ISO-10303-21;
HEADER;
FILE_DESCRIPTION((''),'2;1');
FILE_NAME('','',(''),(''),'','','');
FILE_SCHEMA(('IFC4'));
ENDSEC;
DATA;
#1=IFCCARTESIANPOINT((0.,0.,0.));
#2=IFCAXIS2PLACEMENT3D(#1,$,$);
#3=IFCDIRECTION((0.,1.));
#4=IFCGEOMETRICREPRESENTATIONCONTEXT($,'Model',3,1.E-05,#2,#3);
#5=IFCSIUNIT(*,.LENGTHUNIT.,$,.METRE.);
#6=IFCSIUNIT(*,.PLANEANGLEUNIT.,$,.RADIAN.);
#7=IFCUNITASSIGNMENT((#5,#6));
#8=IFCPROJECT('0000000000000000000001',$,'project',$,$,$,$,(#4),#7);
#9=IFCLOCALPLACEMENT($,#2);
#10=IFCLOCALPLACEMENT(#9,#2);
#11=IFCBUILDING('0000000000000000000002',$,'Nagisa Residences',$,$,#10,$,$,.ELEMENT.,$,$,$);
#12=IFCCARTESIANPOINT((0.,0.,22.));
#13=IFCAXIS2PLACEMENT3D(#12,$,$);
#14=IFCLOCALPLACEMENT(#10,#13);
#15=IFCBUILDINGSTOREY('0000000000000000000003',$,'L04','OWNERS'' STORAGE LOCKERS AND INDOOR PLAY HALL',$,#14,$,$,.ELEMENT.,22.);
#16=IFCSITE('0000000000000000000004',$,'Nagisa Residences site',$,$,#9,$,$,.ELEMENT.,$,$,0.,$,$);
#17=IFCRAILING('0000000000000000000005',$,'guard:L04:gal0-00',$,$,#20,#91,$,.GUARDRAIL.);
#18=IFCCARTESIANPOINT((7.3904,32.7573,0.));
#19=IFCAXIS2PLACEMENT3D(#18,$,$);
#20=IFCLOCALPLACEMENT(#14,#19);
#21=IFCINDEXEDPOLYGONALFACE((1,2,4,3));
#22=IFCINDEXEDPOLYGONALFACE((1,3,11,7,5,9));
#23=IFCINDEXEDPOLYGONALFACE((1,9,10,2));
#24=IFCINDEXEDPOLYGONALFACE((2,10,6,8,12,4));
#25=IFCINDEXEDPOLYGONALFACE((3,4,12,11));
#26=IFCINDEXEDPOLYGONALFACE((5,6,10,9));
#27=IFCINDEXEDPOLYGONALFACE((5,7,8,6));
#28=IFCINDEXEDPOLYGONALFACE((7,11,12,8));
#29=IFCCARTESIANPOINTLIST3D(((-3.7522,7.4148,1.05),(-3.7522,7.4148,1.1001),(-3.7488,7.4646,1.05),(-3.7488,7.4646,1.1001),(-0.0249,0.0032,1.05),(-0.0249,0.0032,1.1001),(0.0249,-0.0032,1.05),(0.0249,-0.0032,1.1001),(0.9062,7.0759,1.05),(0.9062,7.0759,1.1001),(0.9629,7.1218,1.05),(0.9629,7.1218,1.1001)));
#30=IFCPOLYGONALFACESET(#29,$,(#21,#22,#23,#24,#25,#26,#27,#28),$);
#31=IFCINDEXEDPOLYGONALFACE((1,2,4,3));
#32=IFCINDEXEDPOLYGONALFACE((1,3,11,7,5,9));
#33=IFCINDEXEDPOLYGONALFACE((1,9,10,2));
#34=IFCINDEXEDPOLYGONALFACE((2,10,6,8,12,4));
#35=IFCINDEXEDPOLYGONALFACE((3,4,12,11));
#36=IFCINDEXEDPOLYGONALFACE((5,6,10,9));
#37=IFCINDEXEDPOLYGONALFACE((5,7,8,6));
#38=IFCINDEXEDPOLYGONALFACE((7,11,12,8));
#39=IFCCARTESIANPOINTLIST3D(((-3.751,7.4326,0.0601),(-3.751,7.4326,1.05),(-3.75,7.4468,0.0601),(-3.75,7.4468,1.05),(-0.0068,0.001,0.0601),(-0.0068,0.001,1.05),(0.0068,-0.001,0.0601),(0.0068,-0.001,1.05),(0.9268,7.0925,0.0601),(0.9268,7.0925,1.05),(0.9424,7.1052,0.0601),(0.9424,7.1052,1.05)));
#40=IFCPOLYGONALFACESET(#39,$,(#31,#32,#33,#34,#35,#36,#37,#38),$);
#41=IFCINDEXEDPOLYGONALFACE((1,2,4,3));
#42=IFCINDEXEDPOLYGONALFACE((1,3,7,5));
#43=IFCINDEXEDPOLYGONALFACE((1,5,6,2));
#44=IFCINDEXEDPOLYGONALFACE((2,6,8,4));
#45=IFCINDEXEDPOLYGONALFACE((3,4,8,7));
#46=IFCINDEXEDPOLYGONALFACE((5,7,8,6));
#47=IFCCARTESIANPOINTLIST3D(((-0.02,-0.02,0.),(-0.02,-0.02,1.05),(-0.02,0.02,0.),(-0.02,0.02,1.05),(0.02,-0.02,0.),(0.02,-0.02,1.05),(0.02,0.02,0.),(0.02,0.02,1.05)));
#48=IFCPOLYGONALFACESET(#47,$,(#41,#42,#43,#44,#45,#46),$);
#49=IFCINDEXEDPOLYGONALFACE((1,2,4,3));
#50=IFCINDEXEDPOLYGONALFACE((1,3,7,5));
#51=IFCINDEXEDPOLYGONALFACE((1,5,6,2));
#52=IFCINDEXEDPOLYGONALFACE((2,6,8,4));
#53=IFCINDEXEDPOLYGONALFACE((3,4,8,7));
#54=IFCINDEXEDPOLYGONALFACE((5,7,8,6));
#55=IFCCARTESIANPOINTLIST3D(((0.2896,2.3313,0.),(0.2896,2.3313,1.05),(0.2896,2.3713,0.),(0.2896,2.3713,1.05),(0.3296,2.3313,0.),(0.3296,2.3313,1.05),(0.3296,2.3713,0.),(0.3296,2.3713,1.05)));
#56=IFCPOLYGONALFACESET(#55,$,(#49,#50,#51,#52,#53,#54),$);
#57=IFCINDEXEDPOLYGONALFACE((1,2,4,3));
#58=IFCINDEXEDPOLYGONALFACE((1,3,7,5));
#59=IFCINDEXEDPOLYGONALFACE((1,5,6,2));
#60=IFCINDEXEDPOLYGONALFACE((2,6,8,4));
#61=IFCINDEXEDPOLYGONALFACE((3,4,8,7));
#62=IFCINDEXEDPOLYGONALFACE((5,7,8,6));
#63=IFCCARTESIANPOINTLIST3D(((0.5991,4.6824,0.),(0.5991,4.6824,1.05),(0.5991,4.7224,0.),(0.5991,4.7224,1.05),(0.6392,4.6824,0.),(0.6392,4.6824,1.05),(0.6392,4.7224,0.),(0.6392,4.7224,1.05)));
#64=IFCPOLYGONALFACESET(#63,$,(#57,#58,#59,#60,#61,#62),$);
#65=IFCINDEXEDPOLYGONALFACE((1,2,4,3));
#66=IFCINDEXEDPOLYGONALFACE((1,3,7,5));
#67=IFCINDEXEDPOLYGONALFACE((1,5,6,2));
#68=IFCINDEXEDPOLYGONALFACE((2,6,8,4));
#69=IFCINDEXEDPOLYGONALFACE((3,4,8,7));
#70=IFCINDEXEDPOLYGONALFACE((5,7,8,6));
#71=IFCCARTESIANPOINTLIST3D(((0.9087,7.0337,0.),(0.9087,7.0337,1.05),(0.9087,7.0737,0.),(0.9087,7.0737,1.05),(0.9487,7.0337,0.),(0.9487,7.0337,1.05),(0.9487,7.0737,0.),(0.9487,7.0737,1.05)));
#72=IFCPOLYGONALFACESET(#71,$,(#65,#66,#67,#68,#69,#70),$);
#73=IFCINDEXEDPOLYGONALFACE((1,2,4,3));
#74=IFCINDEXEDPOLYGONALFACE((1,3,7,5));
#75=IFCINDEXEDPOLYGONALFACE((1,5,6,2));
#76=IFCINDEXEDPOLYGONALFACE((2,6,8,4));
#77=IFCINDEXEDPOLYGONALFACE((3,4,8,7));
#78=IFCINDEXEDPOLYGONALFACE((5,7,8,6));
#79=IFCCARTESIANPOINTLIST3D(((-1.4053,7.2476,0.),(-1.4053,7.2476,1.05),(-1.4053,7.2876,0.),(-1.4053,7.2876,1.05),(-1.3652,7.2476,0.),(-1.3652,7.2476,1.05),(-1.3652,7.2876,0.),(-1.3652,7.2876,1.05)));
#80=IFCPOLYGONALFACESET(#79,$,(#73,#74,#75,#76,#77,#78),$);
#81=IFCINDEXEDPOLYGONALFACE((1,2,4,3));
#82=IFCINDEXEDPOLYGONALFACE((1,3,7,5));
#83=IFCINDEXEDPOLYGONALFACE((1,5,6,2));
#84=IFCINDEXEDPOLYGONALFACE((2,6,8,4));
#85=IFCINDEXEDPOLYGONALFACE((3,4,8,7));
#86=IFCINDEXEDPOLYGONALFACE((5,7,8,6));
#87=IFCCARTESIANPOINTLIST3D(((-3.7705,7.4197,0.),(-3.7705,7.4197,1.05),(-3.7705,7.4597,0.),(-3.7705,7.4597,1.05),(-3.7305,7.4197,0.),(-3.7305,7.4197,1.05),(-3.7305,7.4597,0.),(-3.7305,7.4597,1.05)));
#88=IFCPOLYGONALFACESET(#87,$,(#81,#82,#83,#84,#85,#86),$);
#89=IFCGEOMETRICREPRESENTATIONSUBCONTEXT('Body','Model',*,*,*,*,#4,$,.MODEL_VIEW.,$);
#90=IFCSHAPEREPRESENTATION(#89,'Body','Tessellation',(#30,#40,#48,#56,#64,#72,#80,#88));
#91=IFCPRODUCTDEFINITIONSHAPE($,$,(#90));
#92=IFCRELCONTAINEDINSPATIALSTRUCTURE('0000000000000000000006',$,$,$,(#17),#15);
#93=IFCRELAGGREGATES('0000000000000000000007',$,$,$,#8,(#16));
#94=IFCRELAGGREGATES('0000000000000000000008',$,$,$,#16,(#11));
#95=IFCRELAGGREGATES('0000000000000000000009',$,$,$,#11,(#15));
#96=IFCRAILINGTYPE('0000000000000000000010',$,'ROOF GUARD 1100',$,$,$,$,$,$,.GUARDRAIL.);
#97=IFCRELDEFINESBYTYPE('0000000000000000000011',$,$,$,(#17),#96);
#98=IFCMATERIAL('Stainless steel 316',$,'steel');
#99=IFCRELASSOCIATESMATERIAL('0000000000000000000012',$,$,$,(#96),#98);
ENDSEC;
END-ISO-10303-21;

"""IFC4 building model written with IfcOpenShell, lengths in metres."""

from ifc_helpers import new_model, si_unit, direction, frame, origin, origin_2d, place, context, subcontext, project, spatial, polyline, rectangle, outline, extrude, material, type_object, element, save


model = new_model("IFC4")

# Units and contexts
model_context = context("Model", 3, precision=1e-05, world=origin(), true_north=direction((0.0, 1.0)))
body_context = subcontext(model_context, "Body", "Model", "MODEL_VIEW")
ifc_project = project(units=[si_unit("LENGTHUNIT", "METRE"), si_unit("PLANEANGLEUNIT", "RADIAN")], contexts=[model_context])

# Site, building, storey
site_placement = place(None, origin())
site = spatial("IfcSite", under=ifc_project, at=site_placement, Name="Nagisa Residences site", CompositionType="ELEMENT", RefElevation=0.0)
building_placement = place(site_placement, origin())
building = spatial("IfcBuilding", under=site, at=building_placement, Name="Nagisa Residences", CompositionType="ELEMENT")
storey_placement = place(building_placement, frame((0.0, 0.0, 22.0)))
storey = spatial("IfcBuildingStorey", under=building, at=storey_placement, Name="L04", Description="OWNERS' STORAGE LOCKERS AND INDOOR PLAY HALL", CompositionType="ELEMENT", Elevation=22.0)

# Railing
ifc_material_1 = material(Name="Stainless steel 316", Category="steel")
railing_type = type_object("IfcRailingType", Name="ROOF GUARD 1100", PredefinedType="GUARDRAIL", material=ifc_material_1)
railing_1_placement = place(storey_placement, frame((7.3904, 32.7573, 0.0)))
element("IfcRailing", 1, at=railing_1_placement, inside=storey, type_object=railing_type, Name="guard:L04:gal0-00", PredefinedType="GUARDRAIL", context=body_context, shape_type="SweptSolid", body=[
    extrude(outline(polyline([(0.9062, 7.0759), (-0.0249, 0.0032), (0.0249, -0.0032), (0.9629, 7.1218), (-3.7488, 7.4646), (-3.7522, 7.4148), (0.9062, 7.0759)])), frame((0.0, 0.0, 1.05)), (0.0, 0.0, 1.0), 0.05),
    extrude(outline(polyline([(0.9268, 7.0925), (-0.0068, 0.001), (0.0068, -0.001), (0.9424, 7.1052), (-3.75, 7.4468), (-3.751, 7.4326), (0.9268, 7.0925)])), frame((0.0, 0.0, 0.0601)), (0.0, 0.0, 1.0), 0.99),
    extrude(rectangle(XDim=0.04, YDim=0.04, at=origin_2d()), origin(), (0.0, 0.0, 1.0), 1.05),
    extrude(rectangle(XDim=0.04, YDim=0.04, at=origin_2d()), frame((0.3096, 2.3513, 0.0)), (0.0, 0.0, 1.0), 1.05),
    extrude(rectangle(XDim=0.04, YDim=0.04, at=origin_2d()), frame((0.6191, 4.7024, 0.0)), (0.0, 0.0, 1.0), 1.05),
    extrude(rectangle(XDim=0.04, YDim=0.04, at=origin_2d()), frame((0.9287, 7.0537, 0.0)), (0.0, 0.0, 1.0), 1.05),
    extrude(rectangle(XDim=0.04, YDim=0.04, at=origin_2d()), frame((-1.3853, 7.2676, 0.0)), (0.0, 0.0, 1.0), 1.05),
    extrude(rectangle(XDim=0.04, YDim=0.04, at=origin_2d()), frame((-3.7505, 7.4397, 0.0)), (0.0, 0.0, 1.0), 1.05),
])

save(model, "model.ifc")
